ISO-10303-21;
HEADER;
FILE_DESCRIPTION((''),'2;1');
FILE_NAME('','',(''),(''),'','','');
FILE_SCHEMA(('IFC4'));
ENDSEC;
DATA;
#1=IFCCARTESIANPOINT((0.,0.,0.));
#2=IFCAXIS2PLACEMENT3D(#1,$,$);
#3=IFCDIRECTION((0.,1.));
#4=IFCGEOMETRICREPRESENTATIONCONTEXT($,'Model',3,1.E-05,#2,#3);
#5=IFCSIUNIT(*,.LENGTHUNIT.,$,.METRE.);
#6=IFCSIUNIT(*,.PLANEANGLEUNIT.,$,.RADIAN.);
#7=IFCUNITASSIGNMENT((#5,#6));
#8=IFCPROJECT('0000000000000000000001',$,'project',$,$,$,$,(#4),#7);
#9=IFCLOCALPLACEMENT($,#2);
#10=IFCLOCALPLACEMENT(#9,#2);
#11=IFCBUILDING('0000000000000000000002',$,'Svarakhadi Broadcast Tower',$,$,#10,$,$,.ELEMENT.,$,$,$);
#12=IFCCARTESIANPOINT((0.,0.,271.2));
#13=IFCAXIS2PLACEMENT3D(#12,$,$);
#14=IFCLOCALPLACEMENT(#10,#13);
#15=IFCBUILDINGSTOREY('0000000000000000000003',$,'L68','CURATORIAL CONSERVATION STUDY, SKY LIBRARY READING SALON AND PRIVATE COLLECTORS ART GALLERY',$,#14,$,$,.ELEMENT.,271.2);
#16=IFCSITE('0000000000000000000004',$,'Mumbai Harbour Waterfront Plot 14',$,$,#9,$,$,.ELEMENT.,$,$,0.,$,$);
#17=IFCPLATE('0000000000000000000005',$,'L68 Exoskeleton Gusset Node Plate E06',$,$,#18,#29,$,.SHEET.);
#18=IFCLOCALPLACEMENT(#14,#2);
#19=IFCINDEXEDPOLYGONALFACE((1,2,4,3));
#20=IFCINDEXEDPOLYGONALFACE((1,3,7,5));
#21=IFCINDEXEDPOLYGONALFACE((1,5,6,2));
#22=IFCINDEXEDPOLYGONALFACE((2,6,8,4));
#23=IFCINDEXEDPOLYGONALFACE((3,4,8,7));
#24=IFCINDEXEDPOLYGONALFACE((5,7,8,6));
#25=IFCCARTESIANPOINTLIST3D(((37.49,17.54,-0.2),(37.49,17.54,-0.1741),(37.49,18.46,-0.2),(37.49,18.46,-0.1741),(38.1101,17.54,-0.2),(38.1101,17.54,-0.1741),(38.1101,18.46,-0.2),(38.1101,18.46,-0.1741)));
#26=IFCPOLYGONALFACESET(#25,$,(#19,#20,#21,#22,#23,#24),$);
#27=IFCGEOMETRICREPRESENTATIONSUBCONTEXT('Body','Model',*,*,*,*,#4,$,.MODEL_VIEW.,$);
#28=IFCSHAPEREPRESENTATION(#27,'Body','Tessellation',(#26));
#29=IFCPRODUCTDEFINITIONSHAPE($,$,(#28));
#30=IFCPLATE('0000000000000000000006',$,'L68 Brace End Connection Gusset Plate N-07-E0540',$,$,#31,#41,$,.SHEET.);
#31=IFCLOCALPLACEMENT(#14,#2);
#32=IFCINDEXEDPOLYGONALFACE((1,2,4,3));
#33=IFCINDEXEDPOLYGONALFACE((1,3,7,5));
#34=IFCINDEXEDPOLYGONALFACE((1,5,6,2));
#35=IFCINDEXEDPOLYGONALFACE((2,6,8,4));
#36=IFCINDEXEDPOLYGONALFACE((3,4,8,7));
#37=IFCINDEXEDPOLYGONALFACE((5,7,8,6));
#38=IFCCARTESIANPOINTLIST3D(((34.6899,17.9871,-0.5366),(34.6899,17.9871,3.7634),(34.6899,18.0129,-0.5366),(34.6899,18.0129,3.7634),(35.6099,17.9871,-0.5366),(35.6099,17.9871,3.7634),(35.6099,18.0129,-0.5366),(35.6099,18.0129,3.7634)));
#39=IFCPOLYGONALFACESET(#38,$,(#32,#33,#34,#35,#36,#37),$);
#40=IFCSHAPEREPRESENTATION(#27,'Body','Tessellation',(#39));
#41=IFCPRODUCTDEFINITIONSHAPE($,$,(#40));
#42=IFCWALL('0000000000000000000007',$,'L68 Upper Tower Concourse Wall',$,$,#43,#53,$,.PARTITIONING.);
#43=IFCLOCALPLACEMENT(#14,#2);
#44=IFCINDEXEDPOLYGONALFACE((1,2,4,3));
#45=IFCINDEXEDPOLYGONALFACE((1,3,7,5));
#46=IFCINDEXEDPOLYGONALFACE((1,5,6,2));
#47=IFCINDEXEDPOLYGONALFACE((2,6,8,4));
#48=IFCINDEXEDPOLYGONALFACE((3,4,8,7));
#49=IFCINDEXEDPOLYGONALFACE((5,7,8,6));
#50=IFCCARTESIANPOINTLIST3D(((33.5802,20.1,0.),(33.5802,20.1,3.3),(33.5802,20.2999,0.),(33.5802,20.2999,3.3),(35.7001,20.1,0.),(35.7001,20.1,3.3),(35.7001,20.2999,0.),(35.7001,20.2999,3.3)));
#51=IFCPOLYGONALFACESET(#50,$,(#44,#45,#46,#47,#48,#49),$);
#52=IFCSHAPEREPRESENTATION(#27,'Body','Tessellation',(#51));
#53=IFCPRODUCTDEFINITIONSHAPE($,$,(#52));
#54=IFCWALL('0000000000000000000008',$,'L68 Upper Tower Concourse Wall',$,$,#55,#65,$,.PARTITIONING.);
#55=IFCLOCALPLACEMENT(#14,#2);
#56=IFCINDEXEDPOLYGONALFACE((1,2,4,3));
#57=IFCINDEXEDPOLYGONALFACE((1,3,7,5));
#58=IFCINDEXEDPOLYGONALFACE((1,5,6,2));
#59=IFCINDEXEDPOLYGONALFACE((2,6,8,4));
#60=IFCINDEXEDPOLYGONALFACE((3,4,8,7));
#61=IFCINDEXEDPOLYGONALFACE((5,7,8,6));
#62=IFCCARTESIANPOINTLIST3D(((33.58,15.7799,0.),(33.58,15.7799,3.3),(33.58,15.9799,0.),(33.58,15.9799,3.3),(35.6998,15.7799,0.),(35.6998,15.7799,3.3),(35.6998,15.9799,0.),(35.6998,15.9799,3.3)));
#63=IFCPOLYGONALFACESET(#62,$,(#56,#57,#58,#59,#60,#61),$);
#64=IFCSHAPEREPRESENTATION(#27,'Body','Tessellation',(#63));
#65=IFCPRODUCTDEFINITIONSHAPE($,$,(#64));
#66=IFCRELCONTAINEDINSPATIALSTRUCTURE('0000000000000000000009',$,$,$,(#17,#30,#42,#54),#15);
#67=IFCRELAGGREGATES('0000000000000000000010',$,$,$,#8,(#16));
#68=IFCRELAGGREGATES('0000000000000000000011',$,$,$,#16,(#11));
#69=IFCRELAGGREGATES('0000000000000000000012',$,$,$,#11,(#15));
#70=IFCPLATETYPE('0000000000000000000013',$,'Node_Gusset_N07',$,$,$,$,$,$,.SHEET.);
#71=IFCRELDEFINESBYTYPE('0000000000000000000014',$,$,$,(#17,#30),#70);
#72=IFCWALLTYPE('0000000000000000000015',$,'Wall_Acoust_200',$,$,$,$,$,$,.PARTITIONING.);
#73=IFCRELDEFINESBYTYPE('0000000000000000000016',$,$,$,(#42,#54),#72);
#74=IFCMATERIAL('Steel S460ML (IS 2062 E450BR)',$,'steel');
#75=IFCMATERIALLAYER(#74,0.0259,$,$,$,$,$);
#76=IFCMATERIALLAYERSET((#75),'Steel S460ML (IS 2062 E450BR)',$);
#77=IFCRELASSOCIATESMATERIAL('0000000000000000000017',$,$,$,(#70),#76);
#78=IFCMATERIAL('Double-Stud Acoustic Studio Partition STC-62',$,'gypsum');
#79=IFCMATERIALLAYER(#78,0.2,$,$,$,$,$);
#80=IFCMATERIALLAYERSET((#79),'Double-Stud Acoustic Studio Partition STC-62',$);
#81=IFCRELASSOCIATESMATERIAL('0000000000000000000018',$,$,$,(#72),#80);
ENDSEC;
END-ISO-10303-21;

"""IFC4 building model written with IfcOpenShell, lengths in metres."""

from ifc_helpers import new_model, si_unit, direction, frame, frame_2d, origin, origin_2d, place, context, subcontext, project, spatial, rectangle, extrude, material, layer, layer_set, type_object, element, save


model = new_model("IFC4")

# Units and contexts
model_context = context("Model", 3, precision=1e-05, world=origin(), true_north=direction((0.0, 1.0)))
body_context = subcontext(model_context, "Body", "Model", "MODEL_VIEW")
ifc_project = project(units=[si_unit("LENGTHUNIT", "METRE"), si_unit("PLANEANGLEUNIT", "RADIAN")], contexts=[model_context])

# Site, building, storey
site_placement = place(None, origin())
site = spatial("IfcSite", under=ifc_project, at=site_placement, Name="Mumbai Harbour Waterfront Plot 14", CompositionType="ELEMENT", RefElevation=0.0)
building_placement = place(site_placement, origin())
building = spatial("IfcBuilding", under=site, at=building_placement, Name="Svarakhadi Broadcast Tower", CompositionType="ELEMENT")
storey_placement = place(building_placement, frame((0.0, 0.0, 271.2)))
storey = spatial("IfcBuildingStorey", under=building, at=storey_placement, Name="L68", Description="CURATORIAL CONSERVATION STUDY, SKY LIBRARY READING SALON AND PRIVATE COLLECTORS ART GALLERY", CompositionType="ELEMENT", Elevation=271.2)

# Shared definitions
ifc_material_1 = material(Name="Steel S460ML (IS 2062 E450BR)", Category="steel")

# Plates
ifc_layer_1 = layer(ifc_material_1, 0.0259)
ifc_layer_set_1 = layer_set([ifc_layer_1], Name="Steel S460ML (IS 2062 E450BR)")
plate_type_1 = type_object("IfcPlateType", Name="Node_Gusset_N07", PredefinedType="SHEET", material=ifc_layer_set_1)
plate_1_placement = place(storey_placement, frame((37.8, 18.0, -0.2), z_axis=(0.0, 0.0, 1.0), x_axis=(0.0, 1.0, 0.0)))
element("IfcPlate", 1, at=plate_1_placement, inside=storey, type_object=plate_type_1, Name="L68 Exoskeleton Gusset Node Plate E06", PredefinedType="SHEET", context=body_context, shape_type="SweptSolid", body=[
    extrude(rectangle(XDim=0.9199, YDim=0.6201, at=origin_2d()), origin(), (0.0, 0.0, 1.0), 0.0259),
])
plate_2_placement = place(storey_placement, frame((35.1499, 18.0, -0.5366), z_axis=(0.0, 0.0, 1.0), x_axis=(1.0, 0.0, 0.0)))
element("IfcPlate", 2, at=plate_2_placement, inside=storey, type_object=plate_type_1, Name="L68 Brace End Connection Gusset Plate N-07-E0540", PredefinedType="SHEET", context=body_context, shape_type="SweptSolid", body=[
    extrude(rectangle(XDim=0.9199, YDim=0.0259, at=origin_2d()), origin(), (0.0, 0.0, 1.0), 4.3),
])

# Walls
ifc_material_2 = material(Name="Double-Stud Acoustic Studio Partition STC-62", Category="gypsum")
ifc_layer_2 = layer(ifc_material_2, 0.2)
ifc_layer_set_2 = layer_set([ifc_layer_2], Name="Double-Stud Acoustic Studio Partition STC-62")
wall_type = type_object("IfcWallType", Name="Wall_Acoust_200", PredefinedType="PARTITIONING", material=ifc_layer_set_2)
for number, where, z_axis, x_axis, name in (
    (3, (33.5801, 20.2, 0.0), (0.0, 0.0, 1.0), (1.0, 0.0, 0.0), "L68 Upper Tower Concourse Wall"),
    (4, (35.7, 15.8799, 0.0), (0.0, 0.0, 1.0), (-1.0, 0.0, 0.0), "L68 Upper Tower Concourse Wall"),
):
    element("IfcWall", number, at=place(storey_placement, frame(where, z_axis=z_axis, x_axis=x_axis)), inside=storey, type_object=wall_type, Name=name, PredefinedType="PARTITIONING", context=body_context, shape_type="SweptSolid", body=[
        extrude(rectangle(XDim=2.1199, YDim=0.2, at=frame_2d((1.0601, 0.0))), origin(), (0.0, 0.0, 1.0), 3.3),
    ])

save(model, "model.ifc")
